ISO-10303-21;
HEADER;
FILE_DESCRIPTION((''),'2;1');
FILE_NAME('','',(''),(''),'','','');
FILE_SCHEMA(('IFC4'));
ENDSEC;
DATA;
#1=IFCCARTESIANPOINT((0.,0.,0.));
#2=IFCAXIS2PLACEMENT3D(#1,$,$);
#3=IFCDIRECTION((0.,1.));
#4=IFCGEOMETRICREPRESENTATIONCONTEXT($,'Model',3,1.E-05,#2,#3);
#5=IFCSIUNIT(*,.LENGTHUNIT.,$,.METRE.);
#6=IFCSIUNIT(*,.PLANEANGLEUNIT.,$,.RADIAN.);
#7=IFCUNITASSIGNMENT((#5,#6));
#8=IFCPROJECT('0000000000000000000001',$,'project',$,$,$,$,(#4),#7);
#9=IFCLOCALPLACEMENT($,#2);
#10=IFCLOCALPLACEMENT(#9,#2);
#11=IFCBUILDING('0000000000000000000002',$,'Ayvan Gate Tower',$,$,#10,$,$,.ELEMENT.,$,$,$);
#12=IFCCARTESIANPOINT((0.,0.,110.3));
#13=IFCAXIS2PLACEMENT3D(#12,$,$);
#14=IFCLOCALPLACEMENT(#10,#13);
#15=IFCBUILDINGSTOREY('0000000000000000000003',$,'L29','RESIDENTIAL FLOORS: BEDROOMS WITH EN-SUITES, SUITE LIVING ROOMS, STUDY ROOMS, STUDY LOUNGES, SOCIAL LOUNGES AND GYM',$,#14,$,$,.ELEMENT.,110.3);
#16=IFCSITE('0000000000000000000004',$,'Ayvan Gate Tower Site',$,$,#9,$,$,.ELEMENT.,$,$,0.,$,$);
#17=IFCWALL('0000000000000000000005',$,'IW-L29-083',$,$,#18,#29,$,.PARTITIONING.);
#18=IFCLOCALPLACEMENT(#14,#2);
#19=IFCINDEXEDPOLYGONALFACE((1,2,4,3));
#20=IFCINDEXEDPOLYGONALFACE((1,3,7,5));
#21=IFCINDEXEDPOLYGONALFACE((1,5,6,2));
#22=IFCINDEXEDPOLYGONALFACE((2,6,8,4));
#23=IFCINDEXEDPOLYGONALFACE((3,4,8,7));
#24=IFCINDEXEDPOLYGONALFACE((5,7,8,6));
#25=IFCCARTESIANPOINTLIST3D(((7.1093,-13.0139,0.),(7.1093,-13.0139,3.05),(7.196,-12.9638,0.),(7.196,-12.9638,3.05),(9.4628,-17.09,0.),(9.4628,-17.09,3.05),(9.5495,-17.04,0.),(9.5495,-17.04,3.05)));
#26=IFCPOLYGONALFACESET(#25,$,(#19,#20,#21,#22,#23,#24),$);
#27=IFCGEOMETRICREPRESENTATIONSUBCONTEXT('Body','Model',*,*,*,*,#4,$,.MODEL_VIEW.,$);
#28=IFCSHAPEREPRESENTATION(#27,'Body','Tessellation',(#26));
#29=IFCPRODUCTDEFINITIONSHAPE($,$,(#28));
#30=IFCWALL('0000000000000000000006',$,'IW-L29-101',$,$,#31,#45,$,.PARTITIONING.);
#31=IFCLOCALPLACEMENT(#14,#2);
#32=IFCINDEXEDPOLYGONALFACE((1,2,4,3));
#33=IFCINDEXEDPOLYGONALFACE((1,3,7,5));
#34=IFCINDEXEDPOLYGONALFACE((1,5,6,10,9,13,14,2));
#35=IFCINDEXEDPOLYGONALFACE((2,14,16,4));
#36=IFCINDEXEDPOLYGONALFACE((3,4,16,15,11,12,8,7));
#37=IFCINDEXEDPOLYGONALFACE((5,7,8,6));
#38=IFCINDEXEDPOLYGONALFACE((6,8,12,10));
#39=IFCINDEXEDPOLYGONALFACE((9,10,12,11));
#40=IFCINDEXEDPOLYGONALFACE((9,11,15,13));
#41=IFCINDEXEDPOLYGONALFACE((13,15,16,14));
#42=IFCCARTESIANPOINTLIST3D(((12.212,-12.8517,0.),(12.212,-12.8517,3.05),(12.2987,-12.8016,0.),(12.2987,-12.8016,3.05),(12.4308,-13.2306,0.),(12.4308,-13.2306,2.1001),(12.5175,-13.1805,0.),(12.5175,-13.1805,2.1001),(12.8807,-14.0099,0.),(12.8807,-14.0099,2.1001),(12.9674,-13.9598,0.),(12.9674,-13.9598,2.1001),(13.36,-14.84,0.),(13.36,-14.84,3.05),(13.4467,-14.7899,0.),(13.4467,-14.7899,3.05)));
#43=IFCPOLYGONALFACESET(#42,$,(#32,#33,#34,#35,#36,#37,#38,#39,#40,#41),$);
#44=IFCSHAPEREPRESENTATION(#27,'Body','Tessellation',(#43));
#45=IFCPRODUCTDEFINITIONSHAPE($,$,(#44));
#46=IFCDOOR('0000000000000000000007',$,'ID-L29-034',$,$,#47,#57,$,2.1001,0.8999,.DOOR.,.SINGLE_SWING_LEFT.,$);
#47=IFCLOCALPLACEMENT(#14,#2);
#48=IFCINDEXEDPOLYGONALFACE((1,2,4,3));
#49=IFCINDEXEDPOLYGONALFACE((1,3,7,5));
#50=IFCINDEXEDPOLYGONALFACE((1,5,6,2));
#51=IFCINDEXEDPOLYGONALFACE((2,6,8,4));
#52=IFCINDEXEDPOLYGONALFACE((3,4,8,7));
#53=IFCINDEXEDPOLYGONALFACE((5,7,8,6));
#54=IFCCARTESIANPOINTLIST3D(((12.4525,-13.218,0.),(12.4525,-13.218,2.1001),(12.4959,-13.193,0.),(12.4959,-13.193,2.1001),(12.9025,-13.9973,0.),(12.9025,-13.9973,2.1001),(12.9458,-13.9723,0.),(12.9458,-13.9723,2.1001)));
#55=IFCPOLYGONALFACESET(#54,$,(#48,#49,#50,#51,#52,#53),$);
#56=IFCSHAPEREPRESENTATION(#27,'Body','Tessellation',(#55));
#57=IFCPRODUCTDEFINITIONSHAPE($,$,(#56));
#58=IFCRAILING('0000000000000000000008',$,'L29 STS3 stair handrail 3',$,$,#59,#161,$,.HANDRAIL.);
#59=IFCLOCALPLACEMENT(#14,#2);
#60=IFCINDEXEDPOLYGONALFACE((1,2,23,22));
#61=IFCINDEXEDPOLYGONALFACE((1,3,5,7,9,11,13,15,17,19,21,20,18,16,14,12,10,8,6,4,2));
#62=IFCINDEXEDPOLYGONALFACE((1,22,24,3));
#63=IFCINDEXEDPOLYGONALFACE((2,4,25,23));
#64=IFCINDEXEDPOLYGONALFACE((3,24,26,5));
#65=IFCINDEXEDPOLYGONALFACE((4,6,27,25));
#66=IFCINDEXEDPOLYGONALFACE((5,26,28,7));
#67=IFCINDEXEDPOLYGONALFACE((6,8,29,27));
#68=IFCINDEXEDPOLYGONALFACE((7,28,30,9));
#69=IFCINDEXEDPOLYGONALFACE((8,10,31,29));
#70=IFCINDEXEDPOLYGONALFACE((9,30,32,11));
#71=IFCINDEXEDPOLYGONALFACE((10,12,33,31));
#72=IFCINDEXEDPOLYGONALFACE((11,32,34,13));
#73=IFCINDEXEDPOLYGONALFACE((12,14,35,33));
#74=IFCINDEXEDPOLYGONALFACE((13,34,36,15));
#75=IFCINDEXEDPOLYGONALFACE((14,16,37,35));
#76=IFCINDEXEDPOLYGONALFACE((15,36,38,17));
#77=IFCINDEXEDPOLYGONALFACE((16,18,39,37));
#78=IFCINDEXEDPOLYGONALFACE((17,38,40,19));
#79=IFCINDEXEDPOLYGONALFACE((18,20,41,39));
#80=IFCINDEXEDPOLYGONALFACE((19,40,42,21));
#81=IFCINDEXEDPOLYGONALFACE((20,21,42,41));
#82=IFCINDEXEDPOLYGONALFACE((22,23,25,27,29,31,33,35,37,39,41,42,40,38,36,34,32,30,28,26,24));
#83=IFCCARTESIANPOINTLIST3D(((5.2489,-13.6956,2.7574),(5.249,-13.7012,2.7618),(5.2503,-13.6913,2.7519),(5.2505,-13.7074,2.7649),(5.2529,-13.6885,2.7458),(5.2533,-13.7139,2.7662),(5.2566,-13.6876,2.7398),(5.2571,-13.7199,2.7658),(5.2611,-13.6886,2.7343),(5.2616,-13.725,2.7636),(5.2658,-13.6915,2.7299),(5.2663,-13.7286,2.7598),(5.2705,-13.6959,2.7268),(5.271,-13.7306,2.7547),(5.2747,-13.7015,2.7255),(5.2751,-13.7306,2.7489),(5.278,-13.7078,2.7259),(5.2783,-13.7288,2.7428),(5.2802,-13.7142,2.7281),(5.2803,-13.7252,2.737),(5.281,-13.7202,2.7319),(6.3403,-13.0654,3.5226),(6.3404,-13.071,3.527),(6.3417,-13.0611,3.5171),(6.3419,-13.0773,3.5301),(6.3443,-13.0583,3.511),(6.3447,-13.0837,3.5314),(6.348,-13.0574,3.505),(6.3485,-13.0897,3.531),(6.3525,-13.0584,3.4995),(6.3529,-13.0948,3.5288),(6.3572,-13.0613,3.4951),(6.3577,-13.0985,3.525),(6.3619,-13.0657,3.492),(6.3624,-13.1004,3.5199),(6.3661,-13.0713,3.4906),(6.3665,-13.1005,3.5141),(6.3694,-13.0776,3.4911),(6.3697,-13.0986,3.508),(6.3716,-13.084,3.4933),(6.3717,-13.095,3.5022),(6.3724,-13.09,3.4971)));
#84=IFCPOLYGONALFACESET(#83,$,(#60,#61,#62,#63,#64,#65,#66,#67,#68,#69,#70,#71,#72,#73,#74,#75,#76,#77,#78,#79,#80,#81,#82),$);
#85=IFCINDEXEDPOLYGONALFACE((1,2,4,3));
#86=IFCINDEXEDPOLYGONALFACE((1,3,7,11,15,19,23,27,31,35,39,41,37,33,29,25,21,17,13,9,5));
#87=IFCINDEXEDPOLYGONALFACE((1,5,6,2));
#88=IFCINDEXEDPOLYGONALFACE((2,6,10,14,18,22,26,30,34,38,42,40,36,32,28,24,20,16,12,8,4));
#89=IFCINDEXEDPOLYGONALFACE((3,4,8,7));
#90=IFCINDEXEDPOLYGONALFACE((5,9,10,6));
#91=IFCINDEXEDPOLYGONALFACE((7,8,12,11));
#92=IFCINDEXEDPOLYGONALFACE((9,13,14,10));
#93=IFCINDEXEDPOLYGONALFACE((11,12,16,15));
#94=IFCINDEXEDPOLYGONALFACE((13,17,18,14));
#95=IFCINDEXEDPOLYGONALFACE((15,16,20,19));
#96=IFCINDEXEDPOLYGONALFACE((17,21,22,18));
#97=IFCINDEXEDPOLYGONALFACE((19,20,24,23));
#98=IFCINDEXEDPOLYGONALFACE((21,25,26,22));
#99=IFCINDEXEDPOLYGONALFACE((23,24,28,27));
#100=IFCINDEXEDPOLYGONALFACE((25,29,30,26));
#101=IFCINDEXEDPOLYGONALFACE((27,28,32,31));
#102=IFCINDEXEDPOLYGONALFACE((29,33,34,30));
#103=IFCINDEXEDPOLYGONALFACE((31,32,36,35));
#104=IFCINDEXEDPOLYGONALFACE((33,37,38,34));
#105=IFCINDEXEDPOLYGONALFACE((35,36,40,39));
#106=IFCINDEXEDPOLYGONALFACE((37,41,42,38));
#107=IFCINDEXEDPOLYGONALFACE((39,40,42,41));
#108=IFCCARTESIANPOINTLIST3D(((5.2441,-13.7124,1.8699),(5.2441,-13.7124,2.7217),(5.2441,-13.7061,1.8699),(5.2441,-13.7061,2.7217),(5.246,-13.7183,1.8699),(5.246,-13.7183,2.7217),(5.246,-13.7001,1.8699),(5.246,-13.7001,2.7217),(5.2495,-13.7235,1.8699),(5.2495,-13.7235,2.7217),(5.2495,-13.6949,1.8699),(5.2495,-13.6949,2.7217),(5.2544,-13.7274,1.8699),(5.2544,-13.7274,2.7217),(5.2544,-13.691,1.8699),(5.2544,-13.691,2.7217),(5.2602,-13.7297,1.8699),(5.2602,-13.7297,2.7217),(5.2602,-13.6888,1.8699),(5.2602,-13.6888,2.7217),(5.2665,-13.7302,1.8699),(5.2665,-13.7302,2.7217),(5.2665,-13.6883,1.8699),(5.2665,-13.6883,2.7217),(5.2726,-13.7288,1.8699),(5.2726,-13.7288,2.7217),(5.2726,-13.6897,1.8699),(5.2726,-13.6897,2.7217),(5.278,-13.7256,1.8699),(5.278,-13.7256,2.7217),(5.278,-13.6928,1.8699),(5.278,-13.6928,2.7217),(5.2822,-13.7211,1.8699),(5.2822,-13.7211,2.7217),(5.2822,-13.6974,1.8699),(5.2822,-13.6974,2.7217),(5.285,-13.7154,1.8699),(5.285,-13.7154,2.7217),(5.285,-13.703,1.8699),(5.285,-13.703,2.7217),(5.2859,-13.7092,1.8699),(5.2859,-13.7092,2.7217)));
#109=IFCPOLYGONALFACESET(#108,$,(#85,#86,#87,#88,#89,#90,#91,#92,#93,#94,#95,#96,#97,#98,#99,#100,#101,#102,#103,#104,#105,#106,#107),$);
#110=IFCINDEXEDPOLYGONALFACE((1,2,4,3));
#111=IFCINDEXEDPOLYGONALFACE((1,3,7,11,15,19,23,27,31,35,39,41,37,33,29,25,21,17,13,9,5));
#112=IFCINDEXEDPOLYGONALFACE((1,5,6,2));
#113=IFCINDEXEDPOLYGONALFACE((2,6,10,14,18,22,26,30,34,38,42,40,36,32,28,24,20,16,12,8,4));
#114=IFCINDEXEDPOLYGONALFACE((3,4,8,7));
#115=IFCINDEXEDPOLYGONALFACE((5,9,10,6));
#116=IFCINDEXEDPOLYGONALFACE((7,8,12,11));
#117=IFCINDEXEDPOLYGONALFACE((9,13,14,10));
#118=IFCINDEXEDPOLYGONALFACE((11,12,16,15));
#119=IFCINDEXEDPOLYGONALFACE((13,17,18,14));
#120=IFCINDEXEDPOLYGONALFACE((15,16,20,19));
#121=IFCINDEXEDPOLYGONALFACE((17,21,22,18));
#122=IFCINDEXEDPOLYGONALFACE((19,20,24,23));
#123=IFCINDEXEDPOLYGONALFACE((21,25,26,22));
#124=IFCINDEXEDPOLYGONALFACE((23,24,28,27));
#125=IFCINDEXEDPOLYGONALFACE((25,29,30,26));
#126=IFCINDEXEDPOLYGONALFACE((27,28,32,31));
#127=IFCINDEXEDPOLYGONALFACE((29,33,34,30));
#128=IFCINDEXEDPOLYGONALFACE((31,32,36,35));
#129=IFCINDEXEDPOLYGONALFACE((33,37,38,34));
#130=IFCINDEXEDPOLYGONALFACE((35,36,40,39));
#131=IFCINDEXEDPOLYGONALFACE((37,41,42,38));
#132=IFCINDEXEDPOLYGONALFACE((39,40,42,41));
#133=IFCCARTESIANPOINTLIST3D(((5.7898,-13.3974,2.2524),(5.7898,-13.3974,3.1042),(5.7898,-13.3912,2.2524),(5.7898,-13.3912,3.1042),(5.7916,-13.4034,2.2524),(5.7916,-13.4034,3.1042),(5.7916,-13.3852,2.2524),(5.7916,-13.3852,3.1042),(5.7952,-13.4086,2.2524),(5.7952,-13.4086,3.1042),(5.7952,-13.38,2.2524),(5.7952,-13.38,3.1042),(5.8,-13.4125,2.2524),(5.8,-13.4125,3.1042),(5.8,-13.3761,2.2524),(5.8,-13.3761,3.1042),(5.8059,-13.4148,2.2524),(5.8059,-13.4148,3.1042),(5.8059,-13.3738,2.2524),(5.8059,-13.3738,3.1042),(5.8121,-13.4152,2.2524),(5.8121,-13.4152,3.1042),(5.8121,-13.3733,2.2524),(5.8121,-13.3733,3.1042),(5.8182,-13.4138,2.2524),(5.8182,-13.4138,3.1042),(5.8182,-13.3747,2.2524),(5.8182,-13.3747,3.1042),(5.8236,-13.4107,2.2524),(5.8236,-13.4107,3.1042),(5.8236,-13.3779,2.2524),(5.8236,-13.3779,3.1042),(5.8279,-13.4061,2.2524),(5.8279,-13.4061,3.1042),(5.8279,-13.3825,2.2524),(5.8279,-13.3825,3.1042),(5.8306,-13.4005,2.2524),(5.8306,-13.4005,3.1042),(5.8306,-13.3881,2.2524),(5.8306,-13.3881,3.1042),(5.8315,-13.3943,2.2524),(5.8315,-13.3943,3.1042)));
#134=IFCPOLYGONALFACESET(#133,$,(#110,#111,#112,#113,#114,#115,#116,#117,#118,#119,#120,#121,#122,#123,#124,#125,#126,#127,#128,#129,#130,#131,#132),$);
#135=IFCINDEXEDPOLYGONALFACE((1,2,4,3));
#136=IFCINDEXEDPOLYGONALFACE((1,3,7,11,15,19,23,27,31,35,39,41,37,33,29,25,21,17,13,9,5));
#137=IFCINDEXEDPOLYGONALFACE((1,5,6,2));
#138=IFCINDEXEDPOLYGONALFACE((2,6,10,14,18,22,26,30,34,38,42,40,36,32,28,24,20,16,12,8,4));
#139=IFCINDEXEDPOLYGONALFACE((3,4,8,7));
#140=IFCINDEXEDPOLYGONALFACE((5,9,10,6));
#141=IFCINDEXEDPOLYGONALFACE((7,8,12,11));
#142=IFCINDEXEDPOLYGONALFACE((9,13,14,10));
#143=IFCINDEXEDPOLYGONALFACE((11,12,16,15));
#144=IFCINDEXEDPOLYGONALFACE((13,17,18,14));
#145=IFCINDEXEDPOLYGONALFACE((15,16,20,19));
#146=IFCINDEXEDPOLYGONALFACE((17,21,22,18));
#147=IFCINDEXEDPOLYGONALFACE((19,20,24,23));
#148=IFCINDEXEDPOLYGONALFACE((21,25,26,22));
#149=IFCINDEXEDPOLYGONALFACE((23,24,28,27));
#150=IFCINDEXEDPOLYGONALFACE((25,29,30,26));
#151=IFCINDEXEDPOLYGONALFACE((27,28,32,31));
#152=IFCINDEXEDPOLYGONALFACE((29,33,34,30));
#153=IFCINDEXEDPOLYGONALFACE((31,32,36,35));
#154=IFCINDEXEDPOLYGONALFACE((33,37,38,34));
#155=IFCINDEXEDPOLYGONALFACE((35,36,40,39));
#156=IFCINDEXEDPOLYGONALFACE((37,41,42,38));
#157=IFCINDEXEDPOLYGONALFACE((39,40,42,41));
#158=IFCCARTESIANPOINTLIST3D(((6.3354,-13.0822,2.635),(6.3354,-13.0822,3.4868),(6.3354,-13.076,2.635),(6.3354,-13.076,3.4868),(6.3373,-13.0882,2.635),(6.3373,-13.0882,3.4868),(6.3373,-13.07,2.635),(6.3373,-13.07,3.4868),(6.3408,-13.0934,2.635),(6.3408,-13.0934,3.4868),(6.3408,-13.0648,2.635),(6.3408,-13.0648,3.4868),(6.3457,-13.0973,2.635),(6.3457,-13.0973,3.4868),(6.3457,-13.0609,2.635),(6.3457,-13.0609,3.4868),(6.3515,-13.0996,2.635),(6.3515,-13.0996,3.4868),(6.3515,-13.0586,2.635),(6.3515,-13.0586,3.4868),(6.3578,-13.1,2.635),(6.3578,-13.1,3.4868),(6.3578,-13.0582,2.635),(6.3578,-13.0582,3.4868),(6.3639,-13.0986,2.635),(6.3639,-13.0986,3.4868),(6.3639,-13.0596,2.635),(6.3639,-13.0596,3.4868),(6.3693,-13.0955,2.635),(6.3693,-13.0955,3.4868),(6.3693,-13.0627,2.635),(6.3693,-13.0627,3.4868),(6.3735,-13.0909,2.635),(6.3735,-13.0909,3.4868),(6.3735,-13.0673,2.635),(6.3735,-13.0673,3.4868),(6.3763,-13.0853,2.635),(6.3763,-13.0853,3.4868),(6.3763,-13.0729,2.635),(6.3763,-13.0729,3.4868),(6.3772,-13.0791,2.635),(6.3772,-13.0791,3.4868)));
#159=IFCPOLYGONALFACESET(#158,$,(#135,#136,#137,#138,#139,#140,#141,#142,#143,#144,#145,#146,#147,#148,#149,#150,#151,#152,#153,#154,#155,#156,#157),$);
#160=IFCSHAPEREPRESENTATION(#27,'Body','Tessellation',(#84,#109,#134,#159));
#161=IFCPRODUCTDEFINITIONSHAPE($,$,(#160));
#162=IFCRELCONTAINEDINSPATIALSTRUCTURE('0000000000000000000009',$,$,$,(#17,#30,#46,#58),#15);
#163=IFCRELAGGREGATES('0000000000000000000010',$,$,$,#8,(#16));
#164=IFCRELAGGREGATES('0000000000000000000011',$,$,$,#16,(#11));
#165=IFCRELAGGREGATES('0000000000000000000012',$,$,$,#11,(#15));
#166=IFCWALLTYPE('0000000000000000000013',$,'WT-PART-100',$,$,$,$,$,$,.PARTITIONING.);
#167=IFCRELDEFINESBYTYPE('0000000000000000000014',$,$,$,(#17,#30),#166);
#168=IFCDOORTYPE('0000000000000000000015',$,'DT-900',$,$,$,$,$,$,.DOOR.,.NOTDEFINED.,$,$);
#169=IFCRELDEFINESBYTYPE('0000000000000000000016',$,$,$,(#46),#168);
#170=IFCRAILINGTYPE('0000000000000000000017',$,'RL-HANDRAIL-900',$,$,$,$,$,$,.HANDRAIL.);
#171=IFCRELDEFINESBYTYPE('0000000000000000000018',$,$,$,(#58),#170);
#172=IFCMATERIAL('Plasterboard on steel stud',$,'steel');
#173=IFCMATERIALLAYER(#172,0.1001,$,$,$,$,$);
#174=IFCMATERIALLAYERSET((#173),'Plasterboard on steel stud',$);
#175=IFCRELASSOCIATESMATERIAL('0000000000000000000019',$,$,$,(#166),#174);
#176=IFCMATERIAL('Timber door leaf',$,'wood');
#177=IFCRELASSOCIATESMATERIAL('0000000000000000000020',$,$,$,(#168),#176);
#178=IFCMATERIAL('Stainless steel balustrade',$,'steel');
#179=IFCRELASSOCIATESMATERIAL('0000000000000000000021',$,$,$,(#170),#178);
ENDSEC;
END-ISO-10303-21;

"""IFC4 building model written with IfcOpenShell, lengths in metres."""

from ifc_helpers import new_model, si_unit, direction, frame, frame_2d, origin, origin_2d, place, context, subcontext, project, spatial, rectangle, circle, extrude, material, layer, layer_set, type_object, element, fill, save


model = new_model("IFC4")

# Units and contexts
model_context = context("Model", 3, precision=1e-05, world=origin(), true_north=direction((0.0, 1.0)))
body_context = subcontext(model_context, "Body", "Model", "MODEL_VIEW")
ifc_project = project(units=[si_unit("LENGTHUNIT", "METRE"), si_unit("PLANEANGLEUNIT", "RADIAN")], contexts=[model_context])

# Site, building, storey
site_placement = place(None, origin())
site = spatial("IfcSite", under=ifc_project, at=site_placement, Name="Ayvan Gate Tower Site", CompositionType="ELEMENT", RefElevation=0.0)
building_placement = place(site_placement, origin())
building = spatial("IfcBuilding", under=site, at=building_placement, Name="Ayvan Gate Tower", CompositionType="ELEMENT")
storey_placement = place(building_placement, frame((0.0, 0.0, 110.3)))
storey = spatial("IfcBuildingStorey", under=building, at=storey_placement, Name="L29", Description="RESIDENTIAL FLOORS: BEDROOMS WITH EN-SUITES, SUITE LIVING ROOMS, STUDY ROOMS, STUDY LOUNGES, SOCIAL LOUNGES AND GYM", CompositionType="ELEMENT", Elevation=110.3)

# Wall
ifc_material_1 = material(Name="Plasterboard on steel stud", Category="steel")
ifc_layer_1 = layer(ifc_material_1, 0.1001)
ifc_layer_set_1 = layer_set([ifc_layer_1], Name="Plasterboard on steel stud")
wall_type_1 = type_object("IfcWallType", Name="WT-PART-100", PredefinedType="PARTITIONING", material=ifc_layer_set_1)
wall_1_placement = place(storey_placement, frame((7.1526, -12.9888, 0.0), z_axis=(0.0, 0.0, 1.0), x_axis=(0.500022, -0.866013, 0.0)))
element("IfcWall", 1, at=wall_1_placement, inside=storey, type_object=wall_type_1, Name="IW-L29-083", PredefinedType="PARTITIONING", context=body_context, shape_type="SweptSolid", body=[
    extrude(rectangle(XDim=4.7068, YDim=0.1001, at=frame_2d((2.3535, 0.0))), origin(), (0.0, 0.0, 1.0), 3.05),
])

# Wall, opening, door
wall_2_placement = place(storey_placement, frame((13.4033, -14.8149, 0.0), z_axis=(0.0, 0.0, 1.0), x_axis=(-0.500005, 0.866023, 0.0)))
wall_2 = element("IfcWall", 2, at=wall_2_placement, inside=storey, type_object=wall_type_1, Name="IW-L29-101", PredefinedType="PARTITIONING", context=body_context, shape_type="SweptSolid", body=[
    extrude(rectangle(XDim=2.2959, YDim=0.1001, at=frame_2d((1.1479, 0.0))), origin(), (0.0, 0.0, 1.0), 3.05),
])
opening_placement = place(wall_2_placement, frame((0.9585, 0.0, 0.0)))
opening = element("IfcOpeningElement", 3, at=opening_placement, cuts=wall_2, PredefinedType="OPENING", context=body_context, shape_type="SweptSolid", body=[
    extrude(rectangle(XDim=0.8999, YDim=2.1001, at=frame_2d((0.45, 1.05))), frame((0.0, 0.0601, 0.0), z_axis=(0.0, -1.0, 0.0), x_axis=(1.0, 0.0, 0.0)), (0.0, 0.0, 1.0), 0.1201),
])
ifc_material_2 = material(Name="Timber door leaf", Category="wood")
door_type = type_object("IfcDoorType", Name="DT-900", OperationType="NOTDEFINED", PredefinedType="DOOR", material=ifc_material_2)
door_placement = place(opening_placement, origin())
door = element("IfcDoor", 4, at=door_placement, inside=storey, type_object=door_type, Name="ID-L29-034", OperationType="SINGLE_SWING_LEFT", OverallHeight=2.1001, OverallWidth=0.8999, PredefinedType="DOOR", context=body_context, shape_type="SweptSolid", body=[
    extrude(rectangle(XDim=0.8999, YDim=2.1001, at=frame_2d((0.45, 1.05))), frame((0.0, 0.0249, 0.0), z_axis=(0.0, -1.0, 0.0), x_axis=(1.0, 0.0, 0.0)), (0.0, 0.0, 1.0), 0.05),
])
fill(opening, door)

# Railing
ifc_material_3 = material(Name="Stainless steel balustrade", Category="steel")
railing_type = type_object("IfcRailingType", Name="RL-HANDRAIL-900", PredefinedType="HANDRAIL", material=ifc_material_3)
railing_1_placement = place(storey_placement, frame((5.2649, -13.7092, 1.8699)))
element("IfcRailing", 5, at=railing_1_placement, inside=storey, type_object=railing_type, Name="L29 STS3 stair handrail 3", PredefinedType="HANDRAIL", context=body_context, shape_type="SweptSolid", body=[
    extrude(circle(Radius=0.0239, at=origin_2d()), frame((0.0, 0.0, 0.876), z_axis=(0.740241, 0.427419, 0.518996), x_axis=(-0.500035, 0.866005, 0.0)), (0.0, 0.0, 1.0), 1.4744),
    extrude(circle(Radius=0.021, at=origin_2d()), origin(), (0.0, 0.0, 1.0), 0.8518),
    extrude(circle(Radius=0.021, at=origin_2d()), frame((0.5457, 0.3149, 0.3826)), (0.0, 0.0, 1.0), 0.8518),
    extrude(circle(Radius=0.021, at=origin_2d()), frame((1.0913, 0.6301, 0.7651)), (0.0, 0.0, 1.0), 0.8518),
])

save(model, "model.ifc")
